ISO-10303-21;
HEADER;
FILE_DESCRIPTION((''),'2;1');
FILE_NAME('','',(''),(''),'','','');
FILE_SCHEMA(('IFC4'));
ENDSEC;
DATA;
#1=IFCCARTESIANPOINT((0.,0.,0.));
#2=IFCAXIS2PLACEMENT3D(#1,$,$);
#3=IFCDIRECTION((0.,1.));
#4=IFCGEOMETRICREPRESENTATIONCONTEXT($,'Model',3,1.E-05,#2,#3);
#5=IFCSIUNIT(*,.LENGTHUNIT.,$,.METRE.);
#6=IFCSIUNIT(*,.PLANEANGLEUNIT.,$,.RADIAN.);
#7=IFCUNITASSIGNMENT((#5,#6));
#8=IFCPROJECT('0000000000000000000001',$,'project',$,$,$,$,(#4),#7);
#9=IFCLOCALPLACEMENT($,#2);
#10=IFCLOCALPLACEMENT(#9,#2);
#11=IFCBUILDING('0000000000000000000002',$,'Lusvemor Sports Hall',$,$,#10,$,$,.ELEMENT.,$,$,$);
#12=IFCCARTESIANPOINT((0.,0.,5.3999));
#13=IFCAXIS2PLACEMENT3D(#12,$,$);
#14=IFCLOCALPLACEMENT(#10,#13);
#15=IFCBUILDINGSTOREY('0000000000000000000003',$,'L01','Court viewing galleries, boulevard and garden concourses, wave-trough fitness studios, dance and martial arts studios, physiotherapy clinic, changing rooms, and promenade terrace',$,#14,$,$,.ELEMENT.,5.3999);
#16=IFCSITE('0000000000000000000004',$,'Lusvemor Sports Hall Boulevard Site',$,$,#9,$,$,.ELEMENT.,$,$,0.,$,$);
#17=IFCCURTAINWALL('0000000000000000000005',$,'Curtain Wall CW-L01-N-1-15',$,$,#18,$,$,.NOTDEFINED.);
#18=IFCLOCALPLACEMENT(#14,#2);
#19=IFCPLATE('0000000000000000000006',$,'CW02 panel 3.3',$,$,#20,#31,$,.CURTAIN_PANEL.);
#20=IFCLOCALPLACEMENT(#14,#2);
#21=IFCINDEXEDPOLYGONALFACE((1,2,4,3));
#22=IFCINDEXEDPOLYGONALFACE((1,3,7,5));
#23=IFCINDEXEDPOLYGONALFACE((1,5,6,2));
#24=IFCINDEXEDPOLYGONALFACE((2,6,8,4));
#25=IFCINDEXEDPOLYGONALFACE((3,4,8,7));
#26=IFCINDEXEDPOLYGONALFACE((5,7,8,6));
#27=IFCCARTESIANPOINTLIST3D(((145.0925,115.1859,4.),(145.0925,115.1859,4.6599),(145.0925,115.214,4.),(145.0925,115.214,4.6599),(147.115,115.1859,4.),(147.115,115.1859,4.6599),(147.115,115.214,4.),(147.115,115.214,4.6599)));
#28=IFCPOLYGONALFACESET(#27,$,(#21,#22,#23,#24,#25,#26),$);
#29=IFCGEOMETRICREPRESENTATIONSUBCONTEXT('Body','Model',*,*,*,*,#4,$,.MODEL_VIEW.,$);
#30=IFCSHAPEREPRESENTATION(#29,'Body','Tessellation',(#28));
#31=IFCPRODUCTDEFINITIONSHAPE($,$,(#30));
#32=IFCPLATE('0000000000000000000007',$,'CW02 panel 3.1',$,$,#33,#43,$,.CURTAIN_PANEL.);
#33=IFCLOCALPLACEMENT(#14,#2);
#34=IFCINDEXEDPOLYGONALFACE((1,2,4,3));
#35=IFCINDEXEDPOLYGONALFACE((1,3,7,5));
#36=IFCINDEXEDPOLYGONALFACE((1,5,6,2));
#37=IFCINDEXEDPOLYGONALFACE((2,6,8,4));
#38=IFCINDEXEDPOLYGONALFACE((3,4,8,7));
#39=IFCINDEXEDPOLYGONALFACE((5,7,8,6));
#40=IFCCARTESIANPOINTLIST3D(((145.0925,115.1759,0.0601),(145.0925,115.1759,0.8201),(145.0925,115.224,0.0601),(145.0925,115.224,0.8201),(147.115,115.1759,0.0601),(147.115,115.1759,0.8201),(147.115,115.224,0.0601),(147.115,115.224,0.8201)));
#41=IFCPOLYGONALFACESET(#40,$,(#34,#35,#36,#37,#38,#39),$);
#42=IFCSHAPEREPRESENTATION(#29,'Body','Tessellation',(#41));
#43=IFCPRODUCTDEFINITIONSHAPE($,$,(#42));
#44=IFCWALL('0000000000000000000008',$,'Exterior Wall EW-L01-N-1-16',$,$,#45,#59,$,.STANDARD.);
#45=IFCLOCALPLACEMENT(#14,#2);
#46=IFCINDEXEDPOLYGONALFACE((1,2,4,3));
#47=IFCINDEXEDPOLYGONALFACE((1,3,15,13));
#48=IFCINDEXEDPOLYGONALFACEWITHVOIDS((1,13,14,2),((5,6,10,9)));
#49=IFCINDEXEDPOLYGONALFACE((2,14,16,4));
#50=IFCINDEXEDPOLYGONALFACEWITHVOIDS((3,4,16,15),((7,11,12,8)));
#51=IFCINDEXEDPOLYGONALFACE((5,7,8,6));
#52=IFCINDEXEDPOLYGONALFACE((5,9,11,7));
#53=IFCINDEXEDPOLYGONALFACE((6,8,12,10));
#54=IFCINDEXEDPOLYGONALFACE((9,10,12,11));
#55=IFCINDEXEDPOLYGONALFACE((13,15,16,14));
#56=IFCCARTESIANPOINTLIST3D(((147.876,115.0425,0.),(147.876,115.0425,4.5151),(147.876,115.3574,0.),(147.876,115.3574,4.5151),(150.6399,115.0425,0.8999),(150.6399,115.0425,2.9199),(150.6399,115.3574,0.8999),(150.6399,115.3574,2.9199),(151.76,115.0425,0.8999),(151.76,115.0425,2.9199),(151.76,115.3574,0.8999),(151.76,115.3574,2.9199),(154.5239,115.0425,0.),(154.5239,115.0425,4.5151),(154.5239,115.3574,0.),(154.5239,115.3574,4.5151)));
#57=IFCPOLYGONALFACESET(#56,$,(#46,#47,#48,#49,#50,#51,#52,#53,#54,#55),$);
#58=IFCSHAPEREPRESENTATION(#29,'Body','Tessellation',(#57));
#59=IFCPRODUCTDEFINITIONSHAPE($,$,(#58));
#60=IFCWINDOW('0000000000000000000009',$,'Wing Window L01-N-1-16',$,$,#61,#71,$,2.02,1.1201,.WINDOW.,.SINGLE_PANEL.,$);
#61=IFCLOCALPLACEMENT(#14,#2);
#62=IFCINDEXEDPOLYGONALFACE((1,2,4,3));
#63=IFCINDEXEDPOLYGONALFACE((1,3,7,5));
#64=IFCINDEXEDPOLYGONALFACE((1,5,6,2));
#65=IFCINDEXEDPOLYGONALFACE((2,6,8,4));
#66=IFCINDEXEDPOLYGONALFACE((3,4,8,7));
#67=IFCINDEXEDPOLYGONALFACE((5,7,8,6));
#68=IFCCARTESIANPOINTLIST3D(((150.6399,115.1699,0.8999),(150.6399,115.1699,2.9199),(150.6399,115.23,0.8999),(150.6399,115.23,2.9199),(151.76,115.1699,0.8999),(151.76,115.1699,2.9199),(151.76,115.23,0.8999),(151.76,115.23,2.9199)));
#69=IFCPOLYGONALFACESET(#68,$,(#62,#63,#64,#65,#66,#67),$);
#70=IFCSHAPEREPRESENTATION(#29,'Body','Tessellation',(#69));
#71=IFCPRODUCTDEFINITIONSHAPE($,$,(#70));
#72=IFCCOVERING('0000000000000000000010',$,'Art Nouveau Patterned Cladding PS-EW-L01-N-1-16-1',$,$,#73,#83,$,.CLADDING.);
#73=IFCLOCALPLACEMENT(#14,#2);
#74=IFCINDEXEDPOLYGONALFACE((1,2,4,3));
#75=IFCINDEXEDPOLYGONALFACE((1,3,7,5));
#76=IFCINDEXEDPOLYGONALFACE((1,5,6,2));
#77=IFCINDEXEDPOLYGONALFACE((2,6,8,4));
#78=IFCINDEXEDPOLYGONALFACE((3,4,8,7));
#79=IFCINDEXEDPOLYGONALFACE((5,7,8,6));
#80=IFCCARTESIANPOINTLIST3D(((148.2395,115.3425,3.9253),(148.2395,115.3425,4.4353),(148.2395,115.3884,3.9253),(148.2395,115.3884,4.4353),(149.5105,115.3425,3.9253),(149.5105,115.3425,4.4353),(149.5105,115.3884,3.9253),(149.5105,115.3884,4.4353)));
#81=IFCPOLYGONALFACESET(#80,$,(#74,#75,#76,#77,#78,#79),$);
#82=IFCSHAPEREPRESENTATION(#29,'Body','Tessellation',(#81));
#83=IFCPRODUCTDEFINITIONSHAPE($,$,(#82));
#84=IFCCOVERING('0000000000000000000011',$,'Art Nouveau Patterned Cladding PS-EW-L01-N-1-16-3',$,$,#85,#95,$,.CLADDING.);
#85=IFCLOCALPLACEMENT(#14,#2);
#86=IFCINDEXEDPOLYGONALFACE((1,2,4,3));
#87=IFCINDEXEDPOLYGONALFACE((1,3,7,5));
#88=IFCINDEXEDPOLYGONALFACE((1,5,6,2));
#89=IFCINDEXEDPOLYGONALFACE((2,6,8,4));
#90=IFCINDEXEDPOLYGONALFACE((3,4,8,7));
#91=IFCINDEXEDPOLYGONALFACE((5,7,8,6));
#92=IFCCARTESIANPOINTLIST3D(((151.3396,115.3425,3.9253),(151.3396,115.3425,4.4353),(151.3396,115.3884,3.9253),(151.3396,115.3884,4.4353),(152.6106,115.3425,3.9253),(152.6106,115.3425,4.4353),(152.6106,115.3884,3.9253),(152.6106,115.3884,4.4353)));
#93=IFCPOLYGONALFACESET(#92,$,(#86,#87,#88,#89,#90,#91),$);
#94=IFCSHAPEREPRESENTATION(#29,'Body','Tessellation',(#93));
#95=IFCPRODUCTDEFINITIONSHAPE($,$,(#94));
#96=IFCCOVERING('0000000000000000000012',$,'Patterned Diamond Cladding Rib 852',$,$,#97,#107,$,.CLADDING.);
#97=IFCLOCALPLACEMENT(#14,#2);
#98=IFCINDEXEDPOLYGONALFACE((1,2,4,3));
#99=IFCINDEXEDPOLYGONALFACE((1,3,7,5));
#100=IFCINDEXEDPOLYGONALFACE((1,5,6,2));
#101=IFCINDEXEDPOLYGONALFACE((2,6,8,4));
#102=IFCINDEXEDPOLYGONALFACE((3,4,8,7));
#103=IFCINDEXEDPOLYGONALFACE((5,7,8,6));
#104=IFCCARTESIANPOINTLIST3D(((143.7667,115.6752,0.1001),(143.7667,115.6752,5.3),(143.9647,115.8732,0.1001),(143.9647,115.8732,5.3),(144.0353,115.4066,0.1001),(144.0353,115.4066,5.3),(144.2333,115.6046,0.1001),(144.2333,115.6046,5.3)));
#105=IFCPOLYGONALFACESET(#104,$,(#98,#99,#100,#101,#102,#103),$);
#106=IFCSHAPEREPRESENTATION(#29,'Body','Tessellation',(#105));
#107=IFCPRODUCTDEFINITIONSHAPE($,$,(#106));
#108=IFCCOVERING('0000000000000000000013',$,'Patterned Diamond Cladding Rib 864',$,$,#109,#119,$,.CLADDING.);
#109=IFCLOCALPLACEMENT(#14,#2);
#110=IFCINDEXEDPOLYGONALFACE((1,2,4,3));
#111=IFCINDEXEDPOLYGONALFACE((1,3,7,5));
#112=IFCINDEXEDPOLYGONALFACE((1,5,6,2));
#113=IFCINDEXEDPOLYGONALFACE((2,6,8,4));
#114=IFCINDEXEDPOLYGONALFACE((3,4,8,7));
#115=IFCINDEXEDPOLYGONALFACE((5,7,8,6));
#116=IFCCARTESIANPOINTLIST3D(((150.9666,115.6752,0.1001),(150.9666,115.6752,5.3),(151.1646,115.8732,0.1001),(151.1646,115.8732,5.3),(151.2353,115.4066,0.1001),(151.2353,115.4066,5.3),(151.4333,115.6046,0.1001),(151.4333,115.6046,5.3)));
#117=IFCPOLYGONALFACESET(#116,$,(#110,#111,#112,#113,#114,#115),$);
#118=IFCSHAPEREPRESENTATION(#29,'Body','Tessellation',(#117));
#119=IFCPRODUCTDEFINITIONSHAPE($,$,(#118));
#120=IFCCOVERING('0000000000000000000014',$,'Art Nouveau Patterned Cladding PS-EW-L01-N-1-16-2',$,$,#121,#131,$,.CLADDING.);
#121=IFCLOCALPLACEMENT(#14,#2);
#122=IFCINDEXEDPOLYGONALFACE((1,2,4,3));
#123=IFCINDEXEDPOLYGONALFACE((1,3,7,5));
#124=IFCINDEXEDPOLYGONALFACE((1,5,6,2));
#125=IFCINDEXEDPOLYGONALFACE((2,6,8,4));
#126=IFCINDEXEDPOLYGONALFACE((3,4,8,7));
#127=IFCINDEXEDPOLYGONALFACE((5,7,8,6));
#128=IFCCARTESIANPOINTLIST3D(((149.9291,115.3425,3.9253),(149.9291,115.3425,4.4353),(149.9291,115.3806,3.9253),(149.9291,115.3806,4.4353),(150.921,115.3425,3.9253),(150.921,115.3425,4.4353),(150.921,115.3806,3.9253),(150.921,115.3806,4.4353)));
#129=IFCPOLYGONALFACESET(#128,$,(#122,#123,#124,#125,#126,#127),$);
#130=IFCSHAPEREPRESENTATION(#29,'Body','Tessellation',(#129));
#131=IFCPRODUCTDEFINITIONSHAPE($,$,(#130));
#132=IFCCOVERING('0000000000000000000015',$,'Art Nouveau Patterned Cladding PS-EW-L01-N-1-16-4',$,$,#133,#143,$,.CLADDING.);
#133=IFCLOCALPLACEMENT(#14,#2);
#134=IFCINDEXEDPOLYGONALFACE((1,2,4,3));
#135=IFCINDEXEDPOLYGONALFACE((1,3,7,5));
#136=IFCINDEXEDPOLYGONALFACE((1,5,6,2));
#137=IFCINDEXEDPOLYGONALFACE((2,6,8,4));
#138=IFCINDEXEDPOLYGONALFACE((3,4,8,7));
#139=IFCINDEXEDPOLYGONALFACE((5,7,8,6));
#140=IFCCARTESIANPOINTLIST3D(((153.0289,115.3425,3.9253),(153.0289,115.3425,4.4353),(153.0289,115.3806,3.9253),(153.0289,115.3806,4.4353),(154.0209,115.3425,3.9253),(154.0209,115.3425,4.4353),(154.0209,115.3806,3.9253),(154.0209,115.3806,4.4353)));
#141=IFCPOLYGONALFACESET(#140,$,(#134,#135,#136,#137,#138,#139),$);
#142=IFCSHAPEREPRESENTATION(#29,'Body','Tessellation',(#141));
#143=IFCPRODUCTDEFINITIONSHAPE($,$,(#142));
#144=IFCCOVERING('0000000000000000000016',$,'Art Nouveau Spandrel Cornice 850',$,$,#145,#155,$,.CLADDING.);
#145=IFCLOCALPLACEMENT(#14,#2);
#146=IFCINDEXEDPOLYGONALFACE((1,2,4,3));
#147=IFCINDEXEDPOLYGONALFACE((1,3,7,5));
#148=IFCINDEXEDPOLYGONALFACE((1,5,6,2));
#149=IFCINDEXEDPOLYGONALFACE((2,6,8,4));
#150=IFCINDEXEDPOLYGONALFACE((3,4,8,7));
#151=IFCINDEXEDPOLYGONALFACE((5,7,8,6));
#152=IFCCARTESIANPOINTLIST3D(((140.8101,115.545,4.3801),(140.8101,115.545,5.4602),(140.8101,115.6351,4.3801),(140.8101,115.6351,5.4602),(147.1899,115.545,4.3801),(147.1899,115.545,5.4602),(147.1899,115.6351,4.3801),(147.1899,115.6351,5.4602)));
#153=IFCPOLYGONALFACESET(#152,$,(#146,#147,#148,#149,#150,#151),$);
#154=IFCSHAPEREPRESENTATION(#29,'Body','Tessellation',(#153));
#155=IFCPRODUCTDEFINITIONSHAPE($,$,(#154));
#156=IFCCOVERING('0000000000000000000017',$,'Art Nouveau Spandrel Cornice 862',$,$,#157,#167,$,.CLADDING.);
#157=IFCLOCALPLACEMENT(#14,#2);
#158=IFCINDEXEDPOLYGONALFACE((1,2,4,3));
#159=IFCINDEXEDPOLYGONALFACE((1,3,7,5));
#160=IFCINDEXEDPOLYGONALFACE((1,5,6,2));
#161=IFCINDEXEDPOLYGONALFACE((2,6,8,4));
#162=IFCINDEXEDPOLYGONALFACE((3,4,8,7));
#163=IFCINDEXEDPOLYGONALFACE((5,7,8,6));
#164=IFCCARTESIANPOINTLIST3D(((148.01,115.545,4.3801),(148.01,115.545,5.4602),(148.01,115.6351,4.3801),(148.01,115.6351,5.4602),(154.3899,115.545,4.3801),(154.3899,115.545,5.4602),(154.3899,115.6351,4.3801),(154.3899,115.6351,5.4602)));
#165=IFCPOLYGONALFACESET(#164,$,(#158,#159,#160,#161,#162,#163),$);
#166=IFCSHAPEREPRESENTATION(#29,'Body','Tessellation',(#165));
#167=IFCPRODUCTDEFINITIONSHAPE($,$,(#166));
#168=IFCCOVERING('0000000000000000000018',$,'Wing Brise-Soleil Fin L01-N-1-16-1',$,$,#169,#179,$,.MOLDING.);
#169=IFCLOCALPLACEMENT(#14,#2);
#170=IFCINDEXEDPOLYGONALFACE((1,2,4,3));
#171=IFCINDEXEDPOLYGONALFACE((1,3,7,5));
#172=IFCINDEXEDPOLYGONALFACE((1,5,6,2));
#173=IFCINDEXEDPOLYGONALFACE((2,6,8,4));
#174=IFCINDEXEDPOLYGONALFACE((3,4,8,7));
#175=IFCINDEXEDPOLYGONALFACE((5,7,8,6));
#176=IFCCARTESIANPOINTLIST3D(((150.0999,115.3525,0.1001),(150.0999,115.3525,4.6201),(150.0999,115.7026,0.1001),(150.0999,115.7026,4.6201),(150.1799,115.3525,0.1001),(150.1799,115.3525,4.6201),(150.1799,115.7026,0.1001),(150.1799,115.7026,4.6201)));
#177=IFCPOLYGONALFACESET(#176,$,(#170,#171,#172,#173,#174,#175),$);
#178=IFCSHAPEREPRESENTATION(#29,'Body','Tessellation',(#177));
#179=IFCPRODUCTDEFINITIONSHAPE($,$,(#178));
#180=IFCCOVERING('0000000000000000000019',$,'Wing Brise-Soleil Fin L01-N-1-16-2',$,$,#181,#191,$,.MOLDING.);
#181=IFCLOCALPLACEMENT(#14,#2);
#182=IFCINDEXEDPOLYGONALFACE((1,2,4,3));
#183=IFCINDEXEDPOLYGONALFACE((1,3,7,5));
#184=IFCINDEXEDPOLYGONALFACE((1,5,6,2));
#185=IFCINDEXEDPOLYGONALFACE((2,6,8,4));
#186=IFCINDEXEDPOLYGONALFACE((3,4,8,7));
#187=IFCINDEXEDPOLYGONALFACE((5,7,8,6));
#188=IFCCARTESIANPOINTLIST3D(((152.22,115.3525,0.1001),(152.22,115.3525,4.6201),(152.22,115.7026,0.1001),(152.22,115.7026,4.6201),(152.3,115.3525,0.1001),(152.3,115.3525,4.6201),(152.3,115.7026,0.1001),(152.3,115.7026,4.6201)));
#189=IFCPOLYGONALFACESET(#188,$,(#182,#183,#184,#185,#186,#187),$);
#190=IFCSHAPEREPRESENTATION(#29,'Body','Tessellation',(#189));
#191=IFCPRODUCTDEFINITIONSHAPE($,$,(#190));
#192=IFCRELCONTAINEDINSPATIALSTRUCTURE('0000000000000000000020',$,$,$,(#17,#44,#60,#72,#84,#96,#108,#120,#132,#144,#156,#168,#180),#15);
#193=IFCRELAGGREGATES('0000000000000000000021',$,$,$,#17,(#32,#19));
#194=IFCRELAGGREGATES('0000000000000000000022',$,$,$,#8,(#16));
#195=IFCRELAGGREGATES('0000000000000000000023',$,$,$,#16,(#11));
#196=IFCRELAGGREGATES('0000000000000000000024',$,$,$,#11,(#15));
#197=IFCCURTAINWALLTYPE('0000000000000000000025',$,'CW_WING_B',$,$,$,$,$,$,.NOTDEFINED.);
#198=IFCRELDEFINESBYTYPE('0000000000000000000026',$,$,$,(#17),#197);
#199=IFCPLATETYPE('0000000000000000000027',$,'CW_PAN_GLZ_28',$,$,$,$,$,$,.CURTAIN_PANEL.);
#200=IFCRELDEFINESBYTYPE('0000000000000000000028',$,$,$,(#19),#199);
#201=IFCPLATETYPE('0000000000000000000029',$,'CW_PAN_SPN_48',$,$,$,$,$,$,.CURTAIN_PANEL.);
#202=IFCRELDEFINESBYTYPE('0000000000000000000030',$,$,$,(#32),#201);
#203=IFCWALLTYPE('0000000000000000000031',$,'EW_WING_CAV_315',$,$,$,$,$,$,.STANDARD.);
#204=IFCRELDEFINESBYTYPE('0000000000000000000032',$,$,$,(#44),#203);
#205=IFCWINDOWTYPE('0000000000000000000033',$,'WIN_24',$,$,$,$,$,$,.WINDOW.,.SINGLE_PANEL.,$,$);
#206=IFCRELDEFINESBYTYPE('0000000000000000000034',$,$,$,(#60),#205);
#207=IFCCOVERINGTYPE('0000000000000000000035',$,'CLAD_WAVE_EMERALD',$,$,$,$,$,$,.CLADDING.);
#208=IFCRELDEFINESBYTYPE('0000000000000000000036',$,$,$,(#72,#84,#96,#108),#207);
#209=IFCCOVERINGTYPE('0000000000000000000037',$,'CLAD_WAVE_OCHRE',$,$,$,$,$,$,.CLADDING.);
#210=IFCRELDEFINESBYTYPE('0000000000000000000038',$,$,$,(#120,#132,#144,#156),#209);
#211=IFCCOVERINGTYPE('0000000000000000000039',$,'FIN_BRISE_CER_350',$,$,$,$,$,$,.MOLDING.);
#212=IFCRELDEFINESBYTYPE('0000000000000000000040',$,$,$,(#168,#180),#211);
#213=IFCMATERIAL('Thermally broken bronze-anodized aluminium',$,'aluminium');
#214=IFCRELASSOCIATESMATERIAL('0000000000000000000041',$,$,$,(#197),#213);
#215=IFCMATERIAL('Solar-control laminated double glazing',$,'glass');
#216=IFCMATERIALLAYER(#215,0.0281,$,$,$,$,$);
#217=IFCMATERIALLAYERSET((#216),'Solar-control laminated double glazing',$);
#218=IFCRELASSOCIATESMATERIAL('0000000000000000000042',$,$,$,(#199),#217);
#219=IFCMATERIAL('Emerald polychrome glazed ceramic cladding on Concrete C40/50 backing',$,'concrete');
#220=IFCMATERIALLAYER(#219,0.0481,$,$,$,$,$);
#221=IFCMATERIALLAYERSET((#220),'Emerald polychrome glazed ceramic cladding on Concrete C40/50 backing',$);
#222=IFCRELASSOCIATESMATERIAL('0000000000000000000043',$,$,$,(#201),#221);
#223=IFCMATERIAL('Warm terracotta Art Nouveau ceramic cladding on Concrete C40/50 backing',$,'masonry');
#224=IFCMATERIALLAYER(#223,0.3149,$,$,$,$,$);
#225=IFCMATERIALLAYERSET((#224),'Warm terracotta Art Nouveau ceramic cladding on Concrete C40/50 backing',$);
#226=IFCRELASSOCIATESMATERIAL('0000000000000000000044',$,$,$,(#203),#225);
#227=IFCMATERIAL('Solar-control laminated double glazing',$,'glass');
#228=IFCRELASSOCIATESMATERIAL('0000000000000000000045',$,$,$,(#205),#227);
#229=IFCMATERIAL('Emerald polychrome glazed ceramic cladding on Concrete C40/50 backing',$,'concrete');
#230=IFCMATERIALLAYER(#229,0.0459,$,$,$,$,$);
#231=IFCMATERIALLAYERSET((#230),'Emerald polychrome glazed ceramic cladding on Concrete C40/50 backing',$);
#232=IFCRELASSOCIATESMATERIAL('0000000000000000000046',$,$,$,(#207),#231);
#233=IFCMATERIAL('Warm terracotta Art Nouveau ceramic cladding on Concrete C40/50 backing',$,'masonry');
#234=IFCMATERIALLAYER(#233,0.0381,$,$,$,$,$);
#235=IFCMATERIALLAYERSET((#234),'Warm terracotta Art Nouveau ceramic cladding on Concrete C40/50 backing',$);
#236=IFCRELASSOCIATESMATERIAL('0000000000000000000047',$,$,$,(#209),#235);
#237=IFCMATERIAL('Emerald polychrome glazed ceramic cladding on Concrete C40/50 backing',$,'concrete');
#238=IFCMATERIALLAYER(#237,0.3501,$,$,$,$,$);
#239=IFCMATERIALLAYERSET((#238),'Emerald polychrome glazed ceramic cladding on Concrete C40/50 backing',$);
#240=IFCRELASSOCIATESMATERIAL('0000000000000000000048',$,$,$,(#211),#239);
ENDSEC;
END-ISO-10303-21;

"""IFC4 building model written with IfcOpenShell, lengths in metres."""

from ifc_helpers import new_model, si_unit, direction, frame, frame_2d, origin, origin_2d, place, context, subcontext, project, spatial, rectangle, extrude, material, layer, layer_set, type_object, element, fill, aggregate, save


model = new_model("IFC4")

# Units and contexts
model_context = context("Model", 3, precision=1e-05, world=origin(), true_north=direction((0.0, 1.0)))
body_context = subcontext(model_context, "Body", "Model", "MODEL_VIEW")
ifc_project = project(units=[si_unit("LENGTHUNIT", "METRE"), si_unit("PLANEANGLEUNIT", "RADIAN")], contexts=[model_context])

# Site, building, storey
site_placement = place(None, origin())
site = spatial("IfcSite", under=ifc_project, at=site_placement, Name="Lusvemor Sports Hall Boulevard Site", CompositionType="ELEMENT", RefElevation=0.0)
building_placement = place(site_placement, origin())
building = spatial("IfcBuilding", under=site, at=building_placement, Name="Lusvemor Sports Hall", CompositionType="ELEMENT")
storey_placement = place(building_placement, frame((0.0, 0.0, 5.3999)))
storey = spatial("IfcBuildingStorey", under=building, at=storey_placement, Name="L01", Description="Court viewing galleries, boulevard and garden concourses, wave-trough fitness studios, dance and martial arts studios, physiotherapy clinic, changing rooms, and promenade terrace", CompositionType="ELEMENT", Elevation=5.3999)

# Curtain wall
ifc_material_1 = material(Name="Thermally broken bronze-anodized aluminium", Category="aluminium")
curtain_wall_type = type_object("IfcCurtainWallType", Name="CW_WING_B", PredefinedType="NOTDEFINED", material=ifc_material_1)
curtain_wall_1_placement = place(storey_placement, origin())
curtain_wall_1 = element("IfcCurtainWall", 1, at=curtain_wall_1_placement, inside=storey, type_object=curtain_wall_type, Name="Curtain Wall CW-L01-N-1-15", PredefinedType="NOTDEFINED")

# Plates
ifc_material_2 = material(Name="Solar-control laminated double glazing", Category="glass")
ifc_layer_1 = layer(ifc_material_2, 0.0281)
ifc_layer_set_1 = layer_set([ifc_layer_1], Name="Solar-control laminated double glazing")
plate_type_1 = type_object("IfcPlateType", Name="CW_PAN_GLZ_28", PredefinedType="CURTAIN_PANEL", material=ifc_layer_set_1)
plate_1_placement = place(storey_placement, frame((146.1038, 115.2, 4.0), z_axis=(0.0, 0.0, 1.0), x_axis=(1.0, 0.0, 0.0)))
plate_1 = element("IfcPlate", 2, at=plate_1_placement, type_object=plate_type_1, Name="CW02 panel 3.3", PredefinedType="CURTAIN_PANEL", context=body_context, shape_type="SweptSolid", body=[
    extrude(rectangle(XDim=2.0225, YDim=0.0281, at=origin_2d()), origin(), (0.0, 0.0, 1.0), 0.6599),
])
ifc_material_3 = material(Name="Emerald polychrome glazed ceramic cladding on Concrete C40/50 backing", Category="concrete")
ifc_layer_2 = layer(ifc_material_3, 0.0481)
ifc_layer_set_2 = layer_set([ifc_layer_2], Name="Emerald polychrome glazed ceramic cladding on Concrete C40/50 backing")
plate_type_2 = type_object("IfcPlateType", Name="CW_PAN_SPN_48", PredefinedType="CURTAIN_PANEL", material=ifc_layer_set_2)
plate_2_placement = place(storey_placement, frame((146.1038, 115.2, 0.0601), z_axis=(0.0, 0.0, 1.0), x_axis=(1.0, 0.0, 0.0)))
plate_2 = element("IfcPlate", 3, at=plate_2_placement, type_object=plate_type_2, Name="CW02 panel 3.1", PredefinedType="CURTAIN_PANEL", context=body_context, shape_type="SweptSolid", body=[
    extrude(rectangle(XDim=2.0225, YDim=0.0481, at=origin_2d()), origin(), (0.0, 0.0, 1.0), 0.76),
])
aggregate(curtain_wall_1, [plate_2, plate_1])

# Wall, opening, window
ifc_material_4 = material(Name="Warm terracotta Art Nouveau ceramic cladding on Concrete C40/50 backing", Category="masonry")
ifc_layer_3 = layer(ifc_material_4, 0.3149)
ifc_layer_set_3 = layer_set([ifc_layer_3], Name="Warm terracotta Art Nouveau ceramic cladding on Concrete C40/50 backing")
wall_type = type_object("IfcWallType", Name="EW_WING_CAV_315", PredefinedType="STANDARD", material=ifc_layer_set_3)
wall_placement = place(storey_placement, frame((147.876, 115.2, 0.0), z_axis=(0.0, 0.0, 1.0), x_axis=(1.0, 0.0, 0.0)))
wall = element("IfcWall", 4, at=wall_placement, inside=storey, type_object=wall_type, Name="Exterior Wall EW-L01-N-1-16", PredefinedType="STANDARD", context=body_context, shape_type="SweptSolid", body=[
    extrude(rectangle(XDim=6.6479, YDim=0.3149, at=frame_2d((3.324, 0.0))), origin(), (0.0, 0.0, 1.0), 4.5151),
])
opening_placement = place(wall_placement, frame((2.7639, 0.0, 0.8999)))
opening = element("IfcOpeningElement", 5, at=opening_placement, cuts=wall, PredefinedType="OPENING", context=body_context, shape_type="SweptSolid", body=[
    extrude(rectangle(XDim=1.1201, YDim=2.02, at=frame_2d((0.5601, 1.01))), frame((0.0, 0.1575, 0.0), z_axis=(0.0, -1.0, 0.0), x_axis=(1.0, 0.0, 0.0)), (0.0, 0.0, 1.0), 0.3149),
])
ifc_material_5 = material(Name="Solar-control laminated double glazing", Category="glass")
window_type = type_object("IfcWindowType", Name="WIN_24", PartitioningType="SINGLE_PANEL", PredefinedType="WINDOW", material=ifc_material_5)
window_placement = place(opening_placement, origin())
window = element("IfcWindow", 6, at=window_placement, inside=storey, type_object=window_type, Name="Wing Window L01-N-1-16", OverallHeight=2.02, OverallWidth=1.1201, PartitioningType="SINGLE_PANEL", PredefinedType="WINDOW", context=body_context, shape_type="SweptSolid", body=[
    extrude(rectangle(XDim=1.1201, YDim=2.02, at=frame_2d((0.5601, 1.01))), frame((0.0, 0.03, 0.0), z_axis=(0.0, -1.0, 0.0), x_axis=(1.0, 0.0, 0.0)), (0.0, 0.0, 1.0), 0.0601),
])
fill(opening, window)

# Coverings
ifc_material_6 = material(Name="Emerald polychrome glazed ceramic cladding on Concrete C40/50 backing", Category="concrete")
ifc_layer_4 = layer(ifc_material_6, 0.0459)
ifc_layer_set_4 = layer_set([ifc_layer_4], Name="Emerald polychrome glazed ceramic cladding on Concrete C40/50 backing")
covering_type_1 = type_object("IfcCoveringType", Name="CLAD_WAVE_EMERALD", PredefinedType="CLADDING", material=ifc_layer_set_4)
for number, where, z_axis, x_axis, name in (
    (7, (148.875, 115.3655, 3.9253), (0.0, 0.0, 1.0), (1.0, 0.0, 0.0), "Art Nouveau Patterned Cladding PS-EW-L01-N-1-16-1"),
    (8, (151.9751, 115.3655, 3.9253), (0.0, 0.0, 1.0), (1.0, 0.0, 0.0), "Art Nouveau Patterned Cladding PS-EW-L01-N-1-16-3"),
):
    element("IfcCovering", number, at=place(storey_placement, frame(where, z_axis=z_axis, x_axis=x_axis)), inside=storey, type_object=covering_type_1, Name=name, PredefinedType="CLADDING", context=body_context, shape_type="SweptSolid", body=[
        extrude(rectangle(XDim=1.271, YDim=0.0459, at=origin_2d()), origin(), (0.0, 0.0, 1.0), 0.51),
    ])
for number, where, z_axis, x_axis, name in (
    (9, (144.0, 115.6399, 0.1001), (0.0, 0.0, 1.0), (0.707107, 0.707107, 0.0), "Patterned Diamond Cladding Rib 852"),
    (10, (151.2, 115.6399, 0.1001), (0.0, 0.0, 1.0), (0.707107, 0.707107, 0.0), "Patterned Diamond Cladding Rib 864"),
):
    element("IfcCovering", number, at=place(storey_placement, frame(where, z_axis=z_axis, x_axis=x_axis)), inside=storey, type_object=covering_type_1, Name=name, PredefinedType="CLADDING", context=body_context, shape_type="SweptSolid", body=[
        extrude(rectangle(XDim=0.28, YDim=0.3799, at=origin_2d()), origin(), (0.0, 0.0, 1.0), 5.2),
    ])
ifc_material_7 = material(Name="Warm terracotta Art Nouveau ceramic cladding on Concrete C40/50 backing", Category="masonry")
ifc_layer_5 = layer(ifc_material_7, 0.0381)
ifc_layer_set_5 = layer_set([ifc_layer_5], Name="Warm terracotta Art Nouveau ceramic cladding on Concrete C40/50 backing")
covering_type_2 = type_object("IfcCoveringType", Name="CLAD_WAVE_OCHRE", PredefinedType="CLADDING", material=ifc_layer_set_5)
for number, where, z_axis, x_axis, name in (
    (11, (150.425, 115.3616, 3.9253), (0.0, 0.0, 1.0), (1.0, 0.0, 0.0), "Art Nouveau Patterned Cladding PS-EW-L01-N-1-16-2"),
    (12, (153.5249, 115.3616, 3.9253), (0.0, 0.0, 1.0), (1.0, 0.0, 0.0), "Art Nouveau Patterned Cladding PS-EW-L01-N-1-16-4"),
):
    element("IfcCovering", number, at=place(storey_placement, frame(where, z_axis=z_axis, x_axis=x_axis)), inside=storey, type_object=covering_type_2, Name=name, PredefinedType="CLADDING", context=body_context, shape_type="SweptSolid", body=[
        extrude(rectangle(XDim=0.9919, YDim=0.0381, at=origin_2d()), origin(), (0.0, 0.0, 1.0), 0.51),
    ])
for number, where, z_axis, x_axis, name in (
    (13, (144.0, 115.5901, 4.3801), (0.0, 0.0, 1.0), (1.0, 0.0, 0.0), "Art Nouveau Spandrel Cornice 850"),
    (14, (151.2, 115.5901, 4.3801), (0.0, 0.0, 1.0), (1.0, 0.0, 0.0), "Art Nouveau Spandrel Cornice 862"),
):
    element("IfcCovering", number, at=place(storey_placement, frame(where, z_axis=z_axis, x_axis=x_axis)), inside=storey, type_object=covering_type_2, Name=name, PredefinedType="CLADDING", context=body_context, shape_type="SweptSolid", body=[
        extrude(rectangle(XDim=6.3799, YDim=0.0901, at=origin_2d()), origin(), (0.0, 0.0, 1.0), 1.0801),
    ])
ifc_material_8 = material(Name="Emerald polychrome glazed ceramic cladding on Concrete C40/50 backing", Category="concrete")
ifc_layer_6 = layer(ifc_material_8, 0.3501)
ifc_layer_set_6 = layer_set([ifc_layer_6], Name="Emerald polychrome glazed ceramic cladding on Concrete C40/50 backing")
covering_type_3 = type_object("IfcCoveringType", Name="FIN_BRISE_CER_350", PredefinedType="MOLDING", material=ifc_layer_set_6)
for number, where, z_axis, x_axis, name in (
    (15, (150.1399, 115.5276, 0.1001), (0.0, 0.0, 1.0), (1.0, 0.0, 0.0), "Wing Brise-Soleil Fin L01-N-1-16-1"),
    (16, (152.26, 115.5276, 0.1001), (0.0, 0.0, 1.0), (1.0, 0.0, 0.0), "Wing Brise-Soleil Fin L01-N-1-16-2"),
):
    element("IfcCovering", number, at=place(storey_placement, frame(where, z_axis=z_axis, x_axis=x_axis)), inside=storey, type_object=covering_type_3, Name=name, PredefinedType="MOLDING", context=body_context, shape_type="SweptSolid", body=[
        extrude(rectangle(XDim=0.0801, YDim=0.3501, at=origin_2d()), origin(), (0.0, 0.0, 1.0), 4.52),
    ])

save(model, "model.ifc")
